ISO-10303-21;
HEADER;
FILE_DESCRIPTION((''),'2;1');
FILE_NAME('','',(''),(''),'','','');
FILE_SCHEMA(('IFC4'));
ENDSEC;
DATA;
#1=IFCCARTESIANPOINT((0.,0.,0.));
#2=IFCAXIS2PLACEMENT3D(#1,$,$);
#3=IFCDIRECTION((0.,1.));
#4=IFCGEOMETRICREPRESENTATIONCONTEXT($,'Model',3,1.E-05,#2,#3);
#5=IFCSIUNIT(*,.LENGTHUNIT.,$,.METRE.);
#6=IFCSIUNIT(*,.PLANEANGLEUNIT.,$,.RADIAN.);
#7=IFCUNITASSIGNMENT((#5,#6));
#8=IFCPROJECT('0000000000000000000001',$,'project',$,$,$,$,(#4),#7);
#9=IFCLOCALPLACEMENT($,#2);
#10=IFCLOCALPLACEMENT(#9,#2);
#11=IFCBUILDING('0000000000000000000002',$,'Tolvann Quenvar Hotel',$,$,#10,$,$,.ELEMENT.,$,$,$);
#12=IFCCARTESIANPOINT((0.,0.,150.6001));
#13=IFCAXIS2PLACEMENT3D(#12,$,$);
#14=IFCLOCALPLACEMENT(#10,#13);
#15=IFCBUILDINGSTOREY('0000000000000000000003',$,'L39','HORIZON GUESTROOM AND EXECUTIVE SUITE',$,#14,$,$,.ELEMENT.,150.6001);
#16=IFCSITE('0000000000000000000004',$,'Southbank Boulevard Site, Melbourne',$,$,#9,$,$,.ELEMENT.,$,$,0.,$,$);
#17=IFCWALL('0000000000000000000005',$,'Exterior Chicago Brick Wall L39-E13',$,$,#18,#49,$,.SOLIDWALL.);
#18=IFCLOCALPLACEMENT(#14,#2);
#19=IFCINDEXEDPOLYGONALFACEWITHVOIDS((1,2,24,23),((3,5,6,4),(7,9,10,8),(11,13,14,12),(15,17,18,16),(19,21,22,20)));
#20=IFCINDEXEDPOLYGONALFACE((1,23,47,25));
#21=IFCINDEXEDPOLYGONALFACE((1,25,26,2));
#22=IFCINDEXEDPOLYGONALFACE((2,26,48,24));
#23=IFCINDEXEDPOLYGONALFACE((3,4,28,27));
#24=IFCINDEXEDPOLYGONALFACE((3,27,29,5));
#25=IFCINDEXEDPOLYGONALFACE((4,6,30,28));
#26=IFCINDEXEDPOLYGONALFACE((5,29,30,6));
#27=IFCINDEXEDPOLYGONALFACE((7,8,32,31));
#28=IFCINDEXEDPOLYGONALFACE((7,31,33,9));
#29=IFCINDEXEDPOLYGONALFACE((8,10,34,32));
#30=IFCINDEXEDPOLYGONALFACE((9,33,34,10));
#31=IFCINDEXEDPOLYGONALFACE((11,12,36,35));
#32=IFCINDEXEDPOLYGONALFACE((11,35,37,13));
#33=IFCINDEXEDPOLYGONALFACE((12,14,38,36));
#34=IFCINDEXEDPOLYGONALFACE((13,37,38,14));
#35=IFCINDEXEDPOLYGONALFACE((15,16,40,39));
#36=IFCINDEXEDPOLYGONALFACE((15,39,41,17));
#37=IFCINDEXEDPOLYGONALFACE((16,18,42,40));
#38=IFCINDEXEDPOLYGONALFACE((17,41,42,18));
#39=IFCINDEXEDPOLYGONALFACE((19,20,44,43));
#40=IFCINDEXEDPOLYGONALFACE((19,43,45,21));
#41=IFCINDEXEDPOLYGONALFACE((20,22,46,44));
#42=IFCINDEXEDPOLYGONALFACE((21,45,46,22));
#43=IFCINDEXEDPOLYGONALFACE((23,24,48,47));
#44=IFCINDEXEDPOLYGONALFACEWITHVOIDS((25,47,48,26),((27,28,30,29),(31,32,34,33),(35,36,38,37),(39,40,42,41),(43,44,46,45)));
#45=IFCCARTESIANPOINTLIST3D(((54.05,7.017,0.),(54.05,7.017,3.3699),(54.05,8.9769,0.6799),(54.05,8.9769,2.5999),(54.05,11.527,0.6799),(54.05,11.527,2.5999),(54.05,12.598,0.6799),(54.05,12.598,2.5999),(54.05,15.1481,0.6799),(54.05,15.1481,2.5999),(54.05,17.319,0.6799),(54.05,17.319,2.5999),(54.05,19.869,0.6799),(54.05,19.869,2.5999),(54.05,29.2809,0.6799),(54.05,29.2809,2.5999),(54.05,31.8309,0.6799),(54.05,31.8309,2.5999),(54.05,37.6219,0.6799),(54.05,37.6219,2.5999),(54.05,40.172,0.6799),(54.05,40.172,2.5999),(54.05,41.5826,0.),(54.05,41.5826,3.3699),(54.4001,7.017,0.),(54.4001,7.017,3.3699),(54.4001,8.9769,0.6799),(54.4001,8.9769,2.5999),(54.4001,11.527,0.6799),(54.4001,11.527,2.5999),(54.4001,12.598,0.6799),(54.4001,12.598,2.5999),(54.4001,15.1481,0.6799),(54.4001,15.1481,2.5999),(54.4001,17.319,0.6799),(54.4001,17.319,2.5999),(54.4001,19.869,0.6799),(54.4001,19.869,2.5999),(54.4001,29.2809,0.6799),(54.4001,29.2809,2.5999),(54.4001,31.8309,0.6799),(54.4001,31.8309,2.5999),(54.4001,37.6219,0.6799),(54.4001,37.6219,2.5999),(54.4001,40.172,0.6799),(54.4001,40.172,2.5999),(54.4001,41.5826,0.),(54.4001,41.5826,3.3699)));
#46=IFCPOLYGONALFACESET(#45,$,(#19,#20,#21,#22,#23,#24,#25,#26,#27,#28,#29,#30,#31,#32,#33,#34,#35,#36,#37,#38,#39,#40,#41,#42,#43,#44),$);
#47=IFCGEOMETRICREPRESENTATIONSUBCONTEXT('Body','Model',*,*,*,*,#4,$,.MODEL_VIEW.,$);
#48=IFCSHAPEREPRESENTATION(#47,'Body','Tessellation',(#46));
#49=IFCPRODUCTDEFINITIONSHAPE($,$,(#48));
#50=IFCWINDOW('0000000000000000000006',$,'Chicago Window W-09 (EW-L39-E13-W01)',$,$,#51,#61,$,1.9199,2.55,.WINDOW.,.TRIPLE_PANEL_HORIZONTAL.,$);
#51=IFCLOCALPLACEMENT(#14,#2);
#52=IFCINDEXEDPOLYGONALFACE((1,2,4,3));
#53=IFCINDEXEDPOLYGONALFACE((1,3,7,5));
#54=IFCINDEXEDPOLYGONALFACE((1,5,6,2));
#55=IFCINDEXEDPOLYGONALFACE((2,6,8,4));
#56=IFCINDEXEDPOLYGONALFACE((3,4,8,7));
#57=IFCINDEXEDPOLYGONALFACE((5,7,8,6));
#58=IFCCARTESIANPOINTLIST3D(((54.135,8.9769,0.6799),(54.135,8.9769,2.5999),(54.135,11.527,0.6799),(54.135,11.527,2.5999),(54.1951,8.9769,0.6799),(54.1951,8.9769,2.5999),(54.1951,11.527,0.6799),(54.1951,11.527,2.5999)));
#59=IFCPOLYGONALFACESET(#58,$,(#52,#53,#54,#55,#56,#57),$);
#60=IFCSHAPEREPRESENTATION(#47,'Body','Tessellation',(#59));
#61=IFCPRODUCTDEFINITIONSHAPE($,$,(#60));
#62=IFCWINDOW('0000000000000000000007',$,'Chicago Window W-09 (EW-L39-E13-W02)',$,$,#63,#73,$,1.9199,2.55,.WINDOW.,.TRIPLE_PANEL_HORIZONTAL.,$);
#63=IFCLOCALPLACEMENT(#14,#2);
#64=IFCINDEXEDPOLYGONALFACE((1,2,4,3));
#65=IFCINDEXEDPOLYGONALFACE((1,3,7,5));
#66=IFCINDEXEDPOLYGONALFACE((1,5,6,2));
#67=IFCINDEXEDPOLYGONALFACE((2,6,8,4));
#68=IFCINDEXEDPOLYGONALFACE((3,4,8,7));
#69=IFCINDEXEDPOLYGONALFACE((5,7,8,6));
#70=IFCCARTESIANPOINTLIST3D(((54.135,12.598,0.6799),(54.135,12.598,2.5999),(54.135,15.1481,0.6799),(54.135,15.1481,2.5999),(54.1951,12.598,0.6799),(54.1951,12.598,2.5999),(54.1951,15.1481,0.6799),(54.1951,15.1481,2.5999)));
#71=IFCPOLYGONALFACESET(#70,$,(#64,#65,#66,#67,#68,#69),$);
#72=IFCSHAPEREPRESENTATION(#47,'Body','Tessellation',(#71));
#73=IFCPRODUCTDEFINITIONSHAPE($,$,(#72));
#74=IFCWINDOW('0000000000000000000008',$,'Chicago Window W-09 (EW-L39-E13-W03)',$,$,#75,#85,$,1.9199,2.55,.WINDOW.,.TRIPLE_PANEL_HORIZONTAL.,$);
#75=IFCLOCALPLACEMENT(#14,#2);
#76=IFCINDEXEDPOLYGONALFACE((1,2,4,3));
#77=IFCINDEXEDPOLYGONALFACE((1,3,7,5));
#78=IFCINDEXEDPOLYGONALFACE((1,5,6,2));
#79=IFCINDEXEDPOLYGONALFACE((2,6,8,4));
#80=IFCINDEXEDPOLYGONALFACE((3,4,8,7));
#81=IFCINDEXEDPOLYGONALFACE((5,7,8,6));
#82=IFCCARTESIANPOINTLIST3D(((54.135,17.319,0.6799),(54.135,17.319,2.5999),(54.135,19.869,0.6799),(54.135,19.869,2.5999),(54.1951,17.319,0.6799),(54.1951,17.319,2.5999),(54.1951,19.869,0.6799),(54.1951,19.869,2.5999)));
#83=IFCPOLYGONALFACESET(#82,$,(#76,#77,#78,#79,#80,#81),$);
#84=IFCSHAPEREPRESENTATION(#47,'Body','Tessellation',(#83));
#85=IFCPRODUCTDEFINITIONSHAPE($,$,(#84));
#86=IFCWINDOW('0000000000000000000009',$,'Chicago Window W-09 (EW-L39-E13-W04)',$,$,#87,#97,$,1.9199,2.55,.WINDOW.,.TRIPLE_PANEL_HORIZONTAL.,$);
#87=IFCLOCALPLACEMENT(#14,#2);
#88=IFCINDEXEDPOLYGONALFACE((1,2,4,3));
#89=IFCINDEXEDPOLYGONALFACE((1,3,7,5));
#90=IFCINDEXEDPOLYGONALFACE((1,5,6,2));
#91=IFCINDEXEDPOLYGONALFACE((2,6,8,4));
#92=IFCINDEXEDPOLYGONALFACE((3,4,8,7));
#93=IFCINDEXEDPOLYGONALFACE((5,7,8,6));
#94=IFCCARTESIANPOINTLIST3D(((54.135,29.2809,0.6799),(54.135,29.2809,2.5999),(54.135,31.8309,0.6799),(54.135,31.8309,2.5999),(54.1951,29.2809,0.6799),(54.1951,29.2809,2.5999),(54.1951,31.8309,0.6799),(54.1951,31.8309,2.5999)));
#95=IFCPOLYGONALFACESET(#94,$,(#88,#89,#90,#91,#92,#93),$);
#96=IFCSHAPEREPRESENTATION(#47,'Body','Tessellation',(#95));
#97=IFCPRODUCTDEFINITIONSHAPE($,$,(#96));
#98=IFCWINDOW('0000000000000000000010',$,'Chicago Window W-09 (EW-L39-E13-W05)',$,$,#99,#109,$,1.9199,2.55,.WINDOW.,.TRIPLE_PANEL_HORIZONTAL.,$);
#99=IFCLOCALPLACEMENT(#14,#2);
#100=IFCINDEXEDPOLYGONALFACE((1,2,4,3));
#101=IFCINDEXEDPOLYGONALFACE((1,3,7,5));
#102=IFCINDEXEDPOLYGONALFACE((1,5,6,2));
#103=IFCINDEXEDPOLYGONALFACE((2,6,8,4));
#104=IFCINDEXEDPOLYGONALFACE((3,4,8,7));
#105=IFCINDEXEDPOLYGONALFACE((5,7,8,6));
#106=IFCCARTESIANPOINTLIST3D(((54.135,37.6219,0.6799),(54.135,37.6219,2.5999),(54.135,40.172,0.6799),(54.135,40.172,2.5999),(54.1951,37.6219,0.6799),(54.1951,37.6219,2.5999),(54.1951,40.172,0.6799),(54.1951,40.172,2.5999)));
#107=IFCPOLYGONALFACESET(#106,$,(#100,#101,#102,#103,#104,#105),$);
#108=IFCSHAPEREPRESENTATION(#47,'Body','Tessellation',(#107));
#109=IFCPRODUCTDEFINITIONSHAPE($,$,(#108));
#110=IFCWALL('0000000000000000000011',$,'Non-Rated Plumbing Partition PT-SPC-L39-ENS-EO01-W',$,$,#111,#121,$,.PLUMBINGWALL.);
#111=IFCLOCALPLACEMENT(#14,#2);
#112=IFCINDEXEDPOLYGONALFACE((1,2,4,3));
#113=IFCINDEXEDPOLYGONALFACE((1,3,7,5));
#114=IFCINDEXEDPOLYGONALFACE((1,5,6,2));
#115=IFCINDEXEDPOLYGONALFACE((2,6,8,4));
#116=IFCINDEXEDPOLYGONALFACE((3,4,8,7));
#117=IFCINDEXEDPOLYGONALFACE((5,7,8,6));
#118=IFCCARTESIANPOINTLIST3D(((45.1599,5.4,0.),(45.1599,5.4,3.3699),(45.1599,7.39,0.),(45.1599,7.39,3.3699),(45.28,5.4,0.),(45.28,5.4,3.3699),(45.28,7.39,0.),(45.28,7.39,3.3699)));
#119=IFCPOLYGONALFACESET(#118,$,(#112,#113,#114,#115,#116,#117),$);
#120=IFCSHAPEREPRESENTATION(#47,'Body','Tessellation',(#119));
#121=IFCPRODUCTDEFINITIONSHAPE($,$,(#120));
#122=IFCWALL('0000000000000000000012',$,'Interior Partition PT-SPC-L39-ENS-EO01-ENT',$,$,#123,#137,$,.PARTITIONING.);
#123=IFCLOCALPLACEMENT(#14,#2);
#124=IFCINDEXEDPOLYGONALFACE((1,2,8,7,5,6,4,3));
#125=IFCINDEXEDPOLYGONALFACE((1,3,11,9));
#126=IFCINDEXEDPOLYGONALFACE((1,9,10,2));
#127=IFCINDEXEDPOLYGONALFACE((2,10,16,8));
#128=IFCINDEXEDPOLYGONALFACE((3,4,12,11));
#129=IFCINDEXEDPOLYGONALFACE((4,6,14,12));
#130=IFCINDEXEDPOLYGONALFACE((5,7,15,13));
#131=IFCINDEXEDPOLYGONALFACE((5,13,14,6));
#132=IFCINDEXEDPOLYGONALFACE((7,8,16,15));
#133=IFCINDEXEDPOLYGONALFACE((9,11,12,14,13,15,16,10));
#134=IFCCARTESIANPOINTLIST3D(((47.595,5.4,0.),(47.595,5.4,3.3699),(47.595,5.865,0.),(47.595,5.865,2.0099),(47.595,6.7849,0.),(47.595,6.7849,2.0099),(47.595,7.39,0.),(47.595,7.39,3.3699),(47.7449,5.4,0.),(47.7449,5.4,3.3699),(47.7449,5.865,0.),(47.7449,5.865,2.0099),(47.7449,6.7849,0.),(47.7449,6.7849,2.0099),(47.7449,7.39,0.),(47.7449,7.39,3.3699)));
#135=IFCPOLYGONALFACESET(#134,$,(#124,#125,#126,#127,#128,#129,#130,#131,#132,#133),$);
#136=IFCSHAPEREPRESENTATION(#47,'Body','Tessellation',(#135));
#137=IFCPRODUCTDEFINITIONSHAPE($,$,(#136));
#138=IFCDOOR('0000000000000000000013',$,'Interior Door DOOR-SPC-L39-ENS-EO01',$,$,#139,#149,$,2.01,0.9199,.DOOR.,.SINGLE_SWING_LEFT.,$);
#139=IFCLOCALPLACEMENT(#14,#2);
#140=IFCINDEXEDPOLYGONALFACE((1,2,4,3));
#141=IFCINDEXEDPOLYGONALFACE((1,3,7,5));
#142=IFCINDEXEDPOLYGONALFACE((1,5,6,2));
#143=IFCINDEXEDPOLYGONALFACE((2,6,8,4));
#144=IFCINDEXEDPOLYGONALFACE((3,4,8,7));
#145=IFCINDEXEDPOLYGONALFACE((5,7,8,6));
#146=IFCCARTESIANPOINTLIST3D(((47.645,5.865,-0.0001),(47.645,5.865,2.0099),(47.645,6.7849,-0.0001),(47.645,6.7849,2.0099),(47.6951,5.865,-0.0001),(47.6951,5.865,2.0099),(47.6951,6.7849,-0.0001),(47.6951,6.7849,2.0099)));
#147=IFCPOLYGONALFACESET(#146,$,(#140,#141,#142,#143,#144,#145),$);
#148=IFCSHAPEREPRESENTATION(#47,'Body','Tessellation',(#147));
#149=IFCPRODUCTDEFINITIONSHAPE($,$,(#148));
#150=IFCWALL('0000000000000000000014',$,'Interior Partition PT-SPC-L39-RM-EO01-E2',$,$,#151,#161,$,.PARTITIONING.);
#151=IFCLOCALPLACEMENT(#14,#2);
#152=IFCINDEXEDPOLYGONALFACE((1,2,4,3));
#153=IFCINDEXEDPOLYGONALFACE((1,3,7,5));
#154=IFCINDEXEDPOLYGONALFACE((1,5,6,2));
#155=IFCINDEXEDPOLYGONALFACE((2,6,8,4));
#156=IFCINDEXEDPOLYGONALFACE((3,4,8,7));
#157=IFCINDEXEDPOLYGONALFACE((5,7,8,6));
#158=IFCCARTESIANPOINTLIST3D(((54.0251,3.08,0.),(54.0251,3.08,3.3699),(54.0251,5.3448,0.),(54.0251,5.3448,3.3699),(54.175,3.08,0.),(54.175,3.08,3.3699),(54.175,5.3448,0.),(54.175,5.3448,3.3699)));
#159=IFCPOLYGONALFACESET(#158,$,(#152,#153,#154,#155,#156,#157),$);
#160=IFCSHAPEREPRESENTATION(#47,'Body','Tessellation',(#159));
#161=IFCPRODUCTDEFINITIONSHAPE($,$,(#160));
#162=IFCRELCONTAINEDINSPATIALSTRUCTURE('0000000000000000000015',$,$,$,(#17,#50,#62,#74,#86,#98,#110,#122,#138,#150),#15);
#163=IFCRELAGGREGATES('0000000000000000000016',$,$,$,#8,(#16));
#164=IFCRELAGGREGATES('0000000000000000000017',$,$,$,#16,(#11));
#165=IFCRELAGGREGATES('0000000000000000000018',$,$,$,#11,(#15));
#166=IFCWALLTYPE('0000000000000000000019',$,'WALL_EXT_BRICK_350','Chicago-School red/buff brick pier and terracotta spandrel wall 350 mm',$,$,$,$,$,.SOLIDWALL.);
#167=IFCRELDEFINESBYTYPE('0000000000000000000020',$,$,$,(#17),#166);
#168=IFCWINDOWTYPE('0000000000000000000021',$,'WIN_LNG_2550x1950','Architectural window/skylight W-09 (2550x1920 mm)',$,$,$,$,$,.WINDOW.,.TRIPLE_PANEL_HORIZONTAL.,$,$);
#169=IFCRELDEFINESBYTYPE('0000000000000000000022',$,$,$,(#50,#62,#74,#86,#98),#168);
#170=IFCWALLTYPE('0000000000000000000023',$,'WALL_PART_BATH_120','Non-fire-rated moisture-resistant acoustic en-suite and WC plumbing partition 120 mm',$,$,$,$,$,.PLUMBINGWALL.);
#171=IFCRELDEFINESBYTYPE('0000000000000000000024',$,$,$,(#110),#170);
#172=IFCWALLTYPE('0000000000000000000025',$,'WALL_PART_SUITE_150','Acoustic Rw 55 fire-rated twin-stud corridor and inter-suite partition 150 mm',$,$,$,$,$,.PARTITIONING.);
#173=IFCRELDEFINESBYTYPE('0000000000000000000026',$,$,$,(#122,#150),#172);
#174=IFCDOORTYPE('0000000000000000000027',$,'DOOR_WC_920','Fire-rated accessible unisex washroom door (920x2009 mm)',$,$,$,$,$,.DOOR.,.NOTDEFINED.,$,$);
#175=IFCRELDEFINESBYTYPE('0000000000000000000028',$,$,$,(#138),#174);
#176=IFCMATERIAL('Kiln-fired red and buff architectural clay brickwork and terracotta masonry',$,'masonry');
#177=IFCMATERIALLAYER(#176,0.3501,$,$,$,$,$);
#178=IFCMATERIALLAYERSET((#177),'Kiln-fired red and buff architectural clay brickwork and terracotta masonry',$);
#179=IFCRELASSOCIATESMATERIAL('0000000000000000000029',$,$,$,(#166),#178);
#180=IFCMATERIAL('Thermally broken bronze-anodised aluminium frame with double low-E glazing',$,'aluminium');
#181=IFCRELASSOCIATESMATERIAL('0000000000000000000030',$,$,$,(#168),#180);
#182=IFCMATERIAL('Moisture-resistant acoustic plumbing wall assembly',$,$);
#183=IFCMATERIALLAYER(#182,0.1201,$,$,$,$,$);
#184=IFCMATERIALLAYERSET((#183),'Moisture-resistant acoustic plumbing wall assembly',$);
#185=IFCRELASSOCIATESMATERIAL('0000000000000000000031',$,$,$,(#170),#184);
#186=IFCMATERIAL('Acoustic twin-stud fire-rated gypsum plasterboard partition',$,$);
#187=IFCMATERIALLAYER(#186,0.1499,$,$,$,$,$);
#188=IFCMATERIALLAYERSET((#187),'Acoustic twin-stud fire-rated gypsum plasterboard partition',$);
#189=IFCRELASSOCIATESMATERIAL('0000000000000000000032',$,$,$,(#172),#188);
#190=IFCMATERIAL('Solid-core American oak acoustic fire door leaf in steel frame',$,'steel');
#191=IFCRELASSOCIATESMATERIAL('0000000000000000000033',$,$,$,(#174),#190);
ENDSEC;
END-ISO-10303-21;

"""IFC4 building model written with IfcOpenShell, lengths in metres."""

from ifc_helpers import new_model, si_unit, direction, frame, frame_2d, origin, place, context, subcontext, project, spatial, rectangle, extrude, source, transform, mapped, material, layer, layer_set, type_object, type_shapes, element, fill, save


model = new_model("IFC4")

# Units and contexts
model_context = context("Model", 3, precision=1e-05, world=origin(), true_north=direction((0.0, 1.0)))
body_context = subcontext(model_context, "Body", "Model", "MODEL_VIEW")
ifc_project = project(units=[si_unit("LENGTHUNIT", "METRE"), si_unit("PLANEANGLEUNIT", "RADIAN")], contexts=[model_context])

# Site, building, storey
site_placement = place(None, origin())
site = spatial("IfcSite", under=ifc_project, at=site_placement, Name="Southbank Boulevard Site, Melbourne", CompositionType="ELEMENT", RefElevation=0.0)
building_placement = place(site_placement, origin())
building = spatial("IfcBuilding", under=site, at=building_placement, Name="Tolvann Quenvar Hotel", CompositionType="ELEMENT")
storey_placement = place(building_placement, frame((0.0, 0.0, 150.6001)))
storey = spatial("IfcBuildingStorey", under=building, at=storey_placement, Name="L39", Description="HORIZON GUESTROOM AND EXECUTIVE SUITE", CompositionType="ELEMENT", Elevation=150.6001)

# Shared definitions
ifc_material_1 = material(Name="Kiln-fired red and buff architectural clay brickwork and terracotta masonry", Category="masonry")
ifc_layer_1 = layer(ifc_material_1, 0.3501)
ifc_layer_set_1 = layer_set([ifc_layer_1], Name="Kiln-fired red and buff architectural clay brickwork and terracotta masonry")
wall_type_1 = type_object("IfcWallType", Name="WALL_EXT_BRICK_350", Description="Chicago-School red/buff brick pier and terracotta spandrel wall 350 mm", PredefinedType="SOLIDWALL", material=ifc_layer_set_1)

# Wall, openings, windows
wall_1_placement = place(storey_placement, frame((54.2251, 7.0171, 0.0), z_axis=(0.0, 0.0, 1.0), x_axis=(0.0, 1.0, 0.0)))
wall_1 = element("IfcWall", 1, at=wall_1_placement, inside=storey, type_object=wall_type_1, Name="Exterior Chicago Brick Wall L39-E13", PredefinedType="SOLIDWALL", context=body_context, shape_type="SweptSolid", body=[
    extrude(rectangle(XDim=34.5657, YDim=0.3501, at=frame_2d((17.2827, 0.0))), origin(), (0.0, 0.0, 1.0), 3.3699),
])
opening_1_placement = place(wall_1_placement, frame((1.96, 0.0, 0.6799)))
opening_1 = element("IfcOpeningElement", 2, at=opening_1_placement, cuts=wall_1, PredefinedType="OPENING", context=body_context, shape_type="SweptSolid", body=[
    extrude(rectangle(XDim=2.55, YDim=1.9199, at=frame_2d((1.2749, 0.96))), frame((0.0, 0.1851, 0.0), z_axis=(0.0, -1.0, 0.0), x_axis=(1.0, 0.0, 0.0)), (0.0, 0.0, 1.0), 0.3701),
])
opening_2_placement = place(wall_1_placement, frame((5.5811, 0.0, 0.6799)))
opening_2 = element("IfcOpeningElement", 3, at=opening_2_placement, cuts=wall_1, PredefinedType="OPENING", context=body_context, shape_type="SweptSolid", body=[
    extrude(rectangle(XDim=2.55, YDim=1.9199, at=frame_2d((1.2749, 0.96))), frame((0.0, 0.1851, 0.0), z_axis=(0.0, -1.0, 0.0), x_axis=(1.0, 0.0, 0.0)), (0.0, 0.0, 1.0), 0.3701),
])
opening_3_placement = place(wall_1_placement, frame((10.302, 0.0, 0.6799)))
opening_3 = element("IfcOpeningElement", 4, at=opening_3_placement, cuts=wall_1, PredefinedType="OPENING", context=body_context, shape_type="SweptSolid", body=[
    extrude(rectangle(XDim=2.55, YDim=1.9199, at=frame_2d((1.2749, 0.96))), frame((0.0, 0.1851, 0.0), z_axis=(0.0, -1.0, 0.0), x_axis=(1.0, 0.0, 0.0)), (0.0, 0.0, 1.0), 0.3701),
])
opening_4_placement = place(wall_1_placement, frame((22.2639, 0.0, 0.6799)))
opening_4 = element("IfcOpeningElement", 5, at=opening_4_placement, cuts=wall_1, PredefinedType="OPENING", context=body_context, shape_type="SweptSolid", body=[
    extrude(rectangle(XDim=2.55, YDim=1.9199, at=frame_2d((1.2749, 0.96))), frame((0.0, 0.1851, 0.0), z_axis=(0.0, -1.0, 0.0), x_axis=(1.0, 0.0, 0.0)), (0.0, 0.0, 1.0), 0.3701),
])
opening_5_placement = place(wall_1_placement, frame((30.605, 0.0, 0.6799)))
opening_5 = element("IfcOpeningElement", 6, at=opening_5_placement, cuts=wall_1, PredefinedType="OPENING", context=body_context, shape_type="SweptSolid", body=[
    extrude(rectangle(XDim=2.55, YDim=1.9199, at=frame_2d((1.2749, 0.96))), frame((0.0, 0.1851, 0.0), z_axis=(0.0, -1.0, 0.0), x_axis=(1.0, 0.0, 0.0)), (0.0, 0.0, 1.0), 0.3701),
])
ifc_material_2 = material(Name="Thermally broken bronze-anodised aluminium frame with double low-E glazing", Category="aluminium")
window_type = type_object("IfcWindowType", Name="WIN_LNG_2550x1950", Description="Architectural window/skylight W-09 (2550x1920 mm)", PartitioningType="TRIPLE_PANEL_HORIZONTAL", PredefinedType="WINDOW", material=ifc_material_2)
shared_shape_1 = source(origin(), body_context, "Body", "SweptSolid", [
    extrude(rectangle(XDim=2.55, YDim=1.9199, at=frame_2d((1.2749, 0.96))), frame((0.0, 0.0901, 0.0), z_axis=(0.0, -1.0, 0.0), x_axis=(1.0, 0.0, 0.0)), (0.0, 0.0, 1.0), 0.0601),
])
type_shapes(window_type, [shared_shape_1])
window_1_placement = place(opening_1_placement, origin())
window_1 = element("IfcWindow", 7, at=window_1_placement, inside=storey, type_object=window_type, Name="Chicago Window W-09 (EW-L39-E13-W01)", OverallHeight=1.9199, OverallWidth=2.55, PartitioningType="TRIPLE_PANEL_HORIZONTAL", PredefinedType="WINDOW", context=body_context, shape_type="MappedRepresentation", body=[
    mapped(shared_shape_1, transform((0.0, 0.0, 0.0), x_axis=(1.0, 0.0, 0.0), y_axis=(0.0, 1.0, 0.0), z_axis=(0.0, 0.0, 1.0), scale=1.0)),
])
fill(opening_1, window_1)
window_2_placement = place(opening_2_placement, origin())
window_2 = element("IfcWindow", 8, at=window_2_placement, inside=storey, type_object=window_type, Name="Chicago Window W-09 (EW-L39-E13-W02)", OverallHeight=1.9199, OverallWidth=2.55, PartitioningType="TRIPLE_PANEL_HORIZONTAL", PredefinedType="WINDOW", context=body_context, shape_type="MappedRepresentation", body=[
    mapped(shared_shape_1, transform((0.0, 0.0, 0.0), x_axis=(1.0, 0.0, 0.0), y_axis=(0.0, 1.0, 0.0), z_axis=(0.0, 0.0, 1.0), scale=1.0)),
])
fill(opening_2, window_2)
window_3_placement = place(opening_3_placement, origin())
window_3 = element("IfcWindow", 9, at=window_3_placement, inside=storey, type_object=window_type, Name="Chicago Window W-09 (EW-L39-E13-W03)", OverallHeight=1.9199, OverallWidth=2.55, PartitioningType="TRIPLE_PANEL_HORIZONTAL", PredefinedType="WINDOW", context=body_context, shape_type="MappedRepresentation", body=[
    mapped(shared_shape_1, transform((0.0, 0.0, 0.0), x_axis=(1.0, 0.0, 0.0), y_axis=(0.0, 1.0, 0.0), z_axis=(0.0, 0.0, 1.0), scale=1.0)),
])
fill(opening_3, window_3)
window_4_placement = place(opening_4_placement, origin())
window_4 = element("IfcWindow", 10, at=window_4_placement, inside=storey, type_object=window_type, Name="Chicago Window W-09 (EW-L39-E13-W04)", OverallHeight=1.9199, OverallWidth=2.55, PartitioningType="TRIPLE_PANEL_HORIZONTAL", PredefinedType="WINDOW", context=body_context, shape_type="MappedRepresentation", body=[
    mapped(shared_shape_1, transform((0.0, 0.0, 0.0), x_axis=(1.0, 0.0, 0.0), y_axis=(0.0, 1.0, 0.0), z_axis=(0.0, 0.0, 1.0), scale=1.0)),
])
fill(opening_4, window_4)
window_5_placement = place(opening_5_placement, origin())
window_5 = element("IfcWindow", 11, at=window_5_placement, inside=storey, type_object=window_type, Name="Chicago Window W-09 (EW-L39-E13-W05)", OverallHeight=1.9199, OverallWidth=2.55, PartitioningType="TRIPLE_PANEL_HORIZONTAL", PredefinedType="WINDOW", context=body_context, shape_type="MappedRepresentation", body=[
    mapped(shared_shape_1, transform((0.0, 0.0, 0.0), x_axis=(1.0, 0.0, 0.0), y_axis=(0.0, 1.0, 0.0), z_axis=(0.0, 0.0, 1.0), scale=1.0)),
])
fill(opening_5, window_5)

# Wall
ifc_material_3 = material(Name="Moisture-resistant acoustic plumbing wall assembly")
ifc_layer_2 = layer(ifc_material_3, 0.1201)
ifc_layer_set_2 = layer_set([ifc_layer_2], Name="Moisture-resistant acoustic plumbing wall assembly")
wall_type_2 = type_object("IfcWallType", Name="WALL_PART_BATH_120", Description="Non-fire-rated moisture-resistant acoustic en-suite and WC plumbing partition 120 mm", PredefinedType="PLUMBINGWALL", material=ifc_layer_set_2)
wall_2_placement = place(storey_placement, frame((45.22, 5.3999, 0.0), z_axis=(0.0, 0.0, 1.0), x_axis=(0.0, 1.0, 0.0)))
element("IfcWall", 12, at=wall_2_placement, inside=storey, type_object=wall_type_2, Name="Non-Rated Plumbing Partition PT-SPC-L39-ENS-EO01-W", PredefinedType="PLUMBINGWALL", context=body_context, shape_type="SweptSolid", body=[
    extrude(rectangle(XDim=1.99, YDim=0.1201, at=frame_2d((0.9951, 0.0))), origin(), (0.0, 0.0, 1.0), 3.3699),
])

# Wall, opening, door
ifc_material_4 = material(Name="Acoustic twin-stud fire-rated gypsum plasterboard partition")
ifc_layer_3 = layer(ifc_material_4, 0.1499)
ifc_layer_set_3 = layer_set([ifc_layer_3], Name="Acoustic twin-stud fire-rated gypsum plasterboard partition")
wall_type_3 = type_object("IfcWallType", Name="WALL_PART_SUITE_150", Description="Acoustic Rw 55 fire-rated twin-stud corridor and inter-suite partition 150 mm", PredefinedType="PARTITIONING", material=ifc_layer_set_3)
wall_3_placement = place(storey_placement, frame((47.6699, 5.3999, 0.0), z_axis=(0.0, 0.0, 1.0), x_axis=(0.0, 1.0, 0.0)))
wall_3 = element("IfcWall", 13, at=wall_3_placement, inside=storey, type_object=wall_type_3, Name="Interior Partition PT-SPC-L39-ENS-EO01-ENT", PredefinedType="PARTITIONING", context=body_context, shape_type="SweptSolid", body=[
    extrude(rectangle(XDim=1.99, YDim=0.1499, at=frame_2d((0.9951, 0.0))), origin(), (0.0, 0.0, 1.0), 3.3699),
])
opening_6_placement = place(wall_3_placement, frame((0.4651, 0.0, 0.0)))
opening_6 = element("IfcOpeningElement", 14, at=opening_6_placement, cuts=wall_3, PredefinedType="OPENING", context=body_context, shape_type="SweptSolid", body=[
    extrude(rectangle(XDim=0.9199, YDim=2.01, at=frame_2d((0.46, 1.0049))), frame((0.0, 0.085, 0.0), z_axis=(0.0, -1.0, 0.0), x_axis=(1.0, 0.0, 0.0)), (0.0, 0.0, 1.0), 0.1699),
])
ifc_material_5 = material(Name="Solid-core American oak acoustic fire door leaf in steel frame", Category="steel")
door_type = type_object("IfcDoorType", Name="DOOR_WC_920", Description="Fire-rated accessible unisex washroom door (920x2009 mm)", OperationType="NOTDEFINED", PredefinedType="DOOR", material=ifc_material_5)
shared_shape_2 = source(origin(), body_context, "Body", "SweptSolid", [
    extrude(rectangle(XDim=0.9199, YDim=2.01, at=frame_2d((0.46, 1.0049))), frame((0.0, 0.0249, 0.0), z_axis=(0.0, -1.0, 0.0), x_axis=(1.0, 0.0, 0.0)), (0.0, 0.0, 1.0), 0.05),
])
type_shapes(door_type, [shared_shape_2])
door_placement = place(opening_6_placement, origin())
door = element("IfcDoor", 15, at=door_placement, inside=storey, type_object=door_type, Name="Interior Door DOOR-SPC-L39-ENS-EO01", OperationType="SINGLE_SWING_LEFT", OverallHeight=2.01, OverallWidth=0.9199, PredefinedType="DOOR", context=body_context, shape_type="MappedRepresentation", body=[
    mapped(shared_shape_2, transform((0.0, 0.0, 0.0), x_axis=(1.0, 0.0, 0.0), y_axis=(0.0, 1.0, 0.0), z_axis=(0.0, 0.0, 1.0), scale=1.0)),
])
fill(opening_6, door)

# Wall
wall_4_placement = place(storey_placement, frame((54.1001, 3.0801, 0.0), z_axis=(0.0, 0.0, 1.0), x_axis=(0.0, 1.0, 0.0)))
element("IfcWall", 16, at=wall_4_placement, inside=storey, type_object=wall_type_3, Name="Interior Partition PT-SPC-L39-RM-EO01-E2", PredefinedType="PARTITIONING", context=body_context, shape_type="SweptSolid", body=[
    extrude(rectangle(XDim=2.2649, YDim=0.1499, at=frame_2d((1.1323, 0.0))), origin(), (0.0, 0.0, 1.0), 3.3699),
])

save(model, "model.ifc")
